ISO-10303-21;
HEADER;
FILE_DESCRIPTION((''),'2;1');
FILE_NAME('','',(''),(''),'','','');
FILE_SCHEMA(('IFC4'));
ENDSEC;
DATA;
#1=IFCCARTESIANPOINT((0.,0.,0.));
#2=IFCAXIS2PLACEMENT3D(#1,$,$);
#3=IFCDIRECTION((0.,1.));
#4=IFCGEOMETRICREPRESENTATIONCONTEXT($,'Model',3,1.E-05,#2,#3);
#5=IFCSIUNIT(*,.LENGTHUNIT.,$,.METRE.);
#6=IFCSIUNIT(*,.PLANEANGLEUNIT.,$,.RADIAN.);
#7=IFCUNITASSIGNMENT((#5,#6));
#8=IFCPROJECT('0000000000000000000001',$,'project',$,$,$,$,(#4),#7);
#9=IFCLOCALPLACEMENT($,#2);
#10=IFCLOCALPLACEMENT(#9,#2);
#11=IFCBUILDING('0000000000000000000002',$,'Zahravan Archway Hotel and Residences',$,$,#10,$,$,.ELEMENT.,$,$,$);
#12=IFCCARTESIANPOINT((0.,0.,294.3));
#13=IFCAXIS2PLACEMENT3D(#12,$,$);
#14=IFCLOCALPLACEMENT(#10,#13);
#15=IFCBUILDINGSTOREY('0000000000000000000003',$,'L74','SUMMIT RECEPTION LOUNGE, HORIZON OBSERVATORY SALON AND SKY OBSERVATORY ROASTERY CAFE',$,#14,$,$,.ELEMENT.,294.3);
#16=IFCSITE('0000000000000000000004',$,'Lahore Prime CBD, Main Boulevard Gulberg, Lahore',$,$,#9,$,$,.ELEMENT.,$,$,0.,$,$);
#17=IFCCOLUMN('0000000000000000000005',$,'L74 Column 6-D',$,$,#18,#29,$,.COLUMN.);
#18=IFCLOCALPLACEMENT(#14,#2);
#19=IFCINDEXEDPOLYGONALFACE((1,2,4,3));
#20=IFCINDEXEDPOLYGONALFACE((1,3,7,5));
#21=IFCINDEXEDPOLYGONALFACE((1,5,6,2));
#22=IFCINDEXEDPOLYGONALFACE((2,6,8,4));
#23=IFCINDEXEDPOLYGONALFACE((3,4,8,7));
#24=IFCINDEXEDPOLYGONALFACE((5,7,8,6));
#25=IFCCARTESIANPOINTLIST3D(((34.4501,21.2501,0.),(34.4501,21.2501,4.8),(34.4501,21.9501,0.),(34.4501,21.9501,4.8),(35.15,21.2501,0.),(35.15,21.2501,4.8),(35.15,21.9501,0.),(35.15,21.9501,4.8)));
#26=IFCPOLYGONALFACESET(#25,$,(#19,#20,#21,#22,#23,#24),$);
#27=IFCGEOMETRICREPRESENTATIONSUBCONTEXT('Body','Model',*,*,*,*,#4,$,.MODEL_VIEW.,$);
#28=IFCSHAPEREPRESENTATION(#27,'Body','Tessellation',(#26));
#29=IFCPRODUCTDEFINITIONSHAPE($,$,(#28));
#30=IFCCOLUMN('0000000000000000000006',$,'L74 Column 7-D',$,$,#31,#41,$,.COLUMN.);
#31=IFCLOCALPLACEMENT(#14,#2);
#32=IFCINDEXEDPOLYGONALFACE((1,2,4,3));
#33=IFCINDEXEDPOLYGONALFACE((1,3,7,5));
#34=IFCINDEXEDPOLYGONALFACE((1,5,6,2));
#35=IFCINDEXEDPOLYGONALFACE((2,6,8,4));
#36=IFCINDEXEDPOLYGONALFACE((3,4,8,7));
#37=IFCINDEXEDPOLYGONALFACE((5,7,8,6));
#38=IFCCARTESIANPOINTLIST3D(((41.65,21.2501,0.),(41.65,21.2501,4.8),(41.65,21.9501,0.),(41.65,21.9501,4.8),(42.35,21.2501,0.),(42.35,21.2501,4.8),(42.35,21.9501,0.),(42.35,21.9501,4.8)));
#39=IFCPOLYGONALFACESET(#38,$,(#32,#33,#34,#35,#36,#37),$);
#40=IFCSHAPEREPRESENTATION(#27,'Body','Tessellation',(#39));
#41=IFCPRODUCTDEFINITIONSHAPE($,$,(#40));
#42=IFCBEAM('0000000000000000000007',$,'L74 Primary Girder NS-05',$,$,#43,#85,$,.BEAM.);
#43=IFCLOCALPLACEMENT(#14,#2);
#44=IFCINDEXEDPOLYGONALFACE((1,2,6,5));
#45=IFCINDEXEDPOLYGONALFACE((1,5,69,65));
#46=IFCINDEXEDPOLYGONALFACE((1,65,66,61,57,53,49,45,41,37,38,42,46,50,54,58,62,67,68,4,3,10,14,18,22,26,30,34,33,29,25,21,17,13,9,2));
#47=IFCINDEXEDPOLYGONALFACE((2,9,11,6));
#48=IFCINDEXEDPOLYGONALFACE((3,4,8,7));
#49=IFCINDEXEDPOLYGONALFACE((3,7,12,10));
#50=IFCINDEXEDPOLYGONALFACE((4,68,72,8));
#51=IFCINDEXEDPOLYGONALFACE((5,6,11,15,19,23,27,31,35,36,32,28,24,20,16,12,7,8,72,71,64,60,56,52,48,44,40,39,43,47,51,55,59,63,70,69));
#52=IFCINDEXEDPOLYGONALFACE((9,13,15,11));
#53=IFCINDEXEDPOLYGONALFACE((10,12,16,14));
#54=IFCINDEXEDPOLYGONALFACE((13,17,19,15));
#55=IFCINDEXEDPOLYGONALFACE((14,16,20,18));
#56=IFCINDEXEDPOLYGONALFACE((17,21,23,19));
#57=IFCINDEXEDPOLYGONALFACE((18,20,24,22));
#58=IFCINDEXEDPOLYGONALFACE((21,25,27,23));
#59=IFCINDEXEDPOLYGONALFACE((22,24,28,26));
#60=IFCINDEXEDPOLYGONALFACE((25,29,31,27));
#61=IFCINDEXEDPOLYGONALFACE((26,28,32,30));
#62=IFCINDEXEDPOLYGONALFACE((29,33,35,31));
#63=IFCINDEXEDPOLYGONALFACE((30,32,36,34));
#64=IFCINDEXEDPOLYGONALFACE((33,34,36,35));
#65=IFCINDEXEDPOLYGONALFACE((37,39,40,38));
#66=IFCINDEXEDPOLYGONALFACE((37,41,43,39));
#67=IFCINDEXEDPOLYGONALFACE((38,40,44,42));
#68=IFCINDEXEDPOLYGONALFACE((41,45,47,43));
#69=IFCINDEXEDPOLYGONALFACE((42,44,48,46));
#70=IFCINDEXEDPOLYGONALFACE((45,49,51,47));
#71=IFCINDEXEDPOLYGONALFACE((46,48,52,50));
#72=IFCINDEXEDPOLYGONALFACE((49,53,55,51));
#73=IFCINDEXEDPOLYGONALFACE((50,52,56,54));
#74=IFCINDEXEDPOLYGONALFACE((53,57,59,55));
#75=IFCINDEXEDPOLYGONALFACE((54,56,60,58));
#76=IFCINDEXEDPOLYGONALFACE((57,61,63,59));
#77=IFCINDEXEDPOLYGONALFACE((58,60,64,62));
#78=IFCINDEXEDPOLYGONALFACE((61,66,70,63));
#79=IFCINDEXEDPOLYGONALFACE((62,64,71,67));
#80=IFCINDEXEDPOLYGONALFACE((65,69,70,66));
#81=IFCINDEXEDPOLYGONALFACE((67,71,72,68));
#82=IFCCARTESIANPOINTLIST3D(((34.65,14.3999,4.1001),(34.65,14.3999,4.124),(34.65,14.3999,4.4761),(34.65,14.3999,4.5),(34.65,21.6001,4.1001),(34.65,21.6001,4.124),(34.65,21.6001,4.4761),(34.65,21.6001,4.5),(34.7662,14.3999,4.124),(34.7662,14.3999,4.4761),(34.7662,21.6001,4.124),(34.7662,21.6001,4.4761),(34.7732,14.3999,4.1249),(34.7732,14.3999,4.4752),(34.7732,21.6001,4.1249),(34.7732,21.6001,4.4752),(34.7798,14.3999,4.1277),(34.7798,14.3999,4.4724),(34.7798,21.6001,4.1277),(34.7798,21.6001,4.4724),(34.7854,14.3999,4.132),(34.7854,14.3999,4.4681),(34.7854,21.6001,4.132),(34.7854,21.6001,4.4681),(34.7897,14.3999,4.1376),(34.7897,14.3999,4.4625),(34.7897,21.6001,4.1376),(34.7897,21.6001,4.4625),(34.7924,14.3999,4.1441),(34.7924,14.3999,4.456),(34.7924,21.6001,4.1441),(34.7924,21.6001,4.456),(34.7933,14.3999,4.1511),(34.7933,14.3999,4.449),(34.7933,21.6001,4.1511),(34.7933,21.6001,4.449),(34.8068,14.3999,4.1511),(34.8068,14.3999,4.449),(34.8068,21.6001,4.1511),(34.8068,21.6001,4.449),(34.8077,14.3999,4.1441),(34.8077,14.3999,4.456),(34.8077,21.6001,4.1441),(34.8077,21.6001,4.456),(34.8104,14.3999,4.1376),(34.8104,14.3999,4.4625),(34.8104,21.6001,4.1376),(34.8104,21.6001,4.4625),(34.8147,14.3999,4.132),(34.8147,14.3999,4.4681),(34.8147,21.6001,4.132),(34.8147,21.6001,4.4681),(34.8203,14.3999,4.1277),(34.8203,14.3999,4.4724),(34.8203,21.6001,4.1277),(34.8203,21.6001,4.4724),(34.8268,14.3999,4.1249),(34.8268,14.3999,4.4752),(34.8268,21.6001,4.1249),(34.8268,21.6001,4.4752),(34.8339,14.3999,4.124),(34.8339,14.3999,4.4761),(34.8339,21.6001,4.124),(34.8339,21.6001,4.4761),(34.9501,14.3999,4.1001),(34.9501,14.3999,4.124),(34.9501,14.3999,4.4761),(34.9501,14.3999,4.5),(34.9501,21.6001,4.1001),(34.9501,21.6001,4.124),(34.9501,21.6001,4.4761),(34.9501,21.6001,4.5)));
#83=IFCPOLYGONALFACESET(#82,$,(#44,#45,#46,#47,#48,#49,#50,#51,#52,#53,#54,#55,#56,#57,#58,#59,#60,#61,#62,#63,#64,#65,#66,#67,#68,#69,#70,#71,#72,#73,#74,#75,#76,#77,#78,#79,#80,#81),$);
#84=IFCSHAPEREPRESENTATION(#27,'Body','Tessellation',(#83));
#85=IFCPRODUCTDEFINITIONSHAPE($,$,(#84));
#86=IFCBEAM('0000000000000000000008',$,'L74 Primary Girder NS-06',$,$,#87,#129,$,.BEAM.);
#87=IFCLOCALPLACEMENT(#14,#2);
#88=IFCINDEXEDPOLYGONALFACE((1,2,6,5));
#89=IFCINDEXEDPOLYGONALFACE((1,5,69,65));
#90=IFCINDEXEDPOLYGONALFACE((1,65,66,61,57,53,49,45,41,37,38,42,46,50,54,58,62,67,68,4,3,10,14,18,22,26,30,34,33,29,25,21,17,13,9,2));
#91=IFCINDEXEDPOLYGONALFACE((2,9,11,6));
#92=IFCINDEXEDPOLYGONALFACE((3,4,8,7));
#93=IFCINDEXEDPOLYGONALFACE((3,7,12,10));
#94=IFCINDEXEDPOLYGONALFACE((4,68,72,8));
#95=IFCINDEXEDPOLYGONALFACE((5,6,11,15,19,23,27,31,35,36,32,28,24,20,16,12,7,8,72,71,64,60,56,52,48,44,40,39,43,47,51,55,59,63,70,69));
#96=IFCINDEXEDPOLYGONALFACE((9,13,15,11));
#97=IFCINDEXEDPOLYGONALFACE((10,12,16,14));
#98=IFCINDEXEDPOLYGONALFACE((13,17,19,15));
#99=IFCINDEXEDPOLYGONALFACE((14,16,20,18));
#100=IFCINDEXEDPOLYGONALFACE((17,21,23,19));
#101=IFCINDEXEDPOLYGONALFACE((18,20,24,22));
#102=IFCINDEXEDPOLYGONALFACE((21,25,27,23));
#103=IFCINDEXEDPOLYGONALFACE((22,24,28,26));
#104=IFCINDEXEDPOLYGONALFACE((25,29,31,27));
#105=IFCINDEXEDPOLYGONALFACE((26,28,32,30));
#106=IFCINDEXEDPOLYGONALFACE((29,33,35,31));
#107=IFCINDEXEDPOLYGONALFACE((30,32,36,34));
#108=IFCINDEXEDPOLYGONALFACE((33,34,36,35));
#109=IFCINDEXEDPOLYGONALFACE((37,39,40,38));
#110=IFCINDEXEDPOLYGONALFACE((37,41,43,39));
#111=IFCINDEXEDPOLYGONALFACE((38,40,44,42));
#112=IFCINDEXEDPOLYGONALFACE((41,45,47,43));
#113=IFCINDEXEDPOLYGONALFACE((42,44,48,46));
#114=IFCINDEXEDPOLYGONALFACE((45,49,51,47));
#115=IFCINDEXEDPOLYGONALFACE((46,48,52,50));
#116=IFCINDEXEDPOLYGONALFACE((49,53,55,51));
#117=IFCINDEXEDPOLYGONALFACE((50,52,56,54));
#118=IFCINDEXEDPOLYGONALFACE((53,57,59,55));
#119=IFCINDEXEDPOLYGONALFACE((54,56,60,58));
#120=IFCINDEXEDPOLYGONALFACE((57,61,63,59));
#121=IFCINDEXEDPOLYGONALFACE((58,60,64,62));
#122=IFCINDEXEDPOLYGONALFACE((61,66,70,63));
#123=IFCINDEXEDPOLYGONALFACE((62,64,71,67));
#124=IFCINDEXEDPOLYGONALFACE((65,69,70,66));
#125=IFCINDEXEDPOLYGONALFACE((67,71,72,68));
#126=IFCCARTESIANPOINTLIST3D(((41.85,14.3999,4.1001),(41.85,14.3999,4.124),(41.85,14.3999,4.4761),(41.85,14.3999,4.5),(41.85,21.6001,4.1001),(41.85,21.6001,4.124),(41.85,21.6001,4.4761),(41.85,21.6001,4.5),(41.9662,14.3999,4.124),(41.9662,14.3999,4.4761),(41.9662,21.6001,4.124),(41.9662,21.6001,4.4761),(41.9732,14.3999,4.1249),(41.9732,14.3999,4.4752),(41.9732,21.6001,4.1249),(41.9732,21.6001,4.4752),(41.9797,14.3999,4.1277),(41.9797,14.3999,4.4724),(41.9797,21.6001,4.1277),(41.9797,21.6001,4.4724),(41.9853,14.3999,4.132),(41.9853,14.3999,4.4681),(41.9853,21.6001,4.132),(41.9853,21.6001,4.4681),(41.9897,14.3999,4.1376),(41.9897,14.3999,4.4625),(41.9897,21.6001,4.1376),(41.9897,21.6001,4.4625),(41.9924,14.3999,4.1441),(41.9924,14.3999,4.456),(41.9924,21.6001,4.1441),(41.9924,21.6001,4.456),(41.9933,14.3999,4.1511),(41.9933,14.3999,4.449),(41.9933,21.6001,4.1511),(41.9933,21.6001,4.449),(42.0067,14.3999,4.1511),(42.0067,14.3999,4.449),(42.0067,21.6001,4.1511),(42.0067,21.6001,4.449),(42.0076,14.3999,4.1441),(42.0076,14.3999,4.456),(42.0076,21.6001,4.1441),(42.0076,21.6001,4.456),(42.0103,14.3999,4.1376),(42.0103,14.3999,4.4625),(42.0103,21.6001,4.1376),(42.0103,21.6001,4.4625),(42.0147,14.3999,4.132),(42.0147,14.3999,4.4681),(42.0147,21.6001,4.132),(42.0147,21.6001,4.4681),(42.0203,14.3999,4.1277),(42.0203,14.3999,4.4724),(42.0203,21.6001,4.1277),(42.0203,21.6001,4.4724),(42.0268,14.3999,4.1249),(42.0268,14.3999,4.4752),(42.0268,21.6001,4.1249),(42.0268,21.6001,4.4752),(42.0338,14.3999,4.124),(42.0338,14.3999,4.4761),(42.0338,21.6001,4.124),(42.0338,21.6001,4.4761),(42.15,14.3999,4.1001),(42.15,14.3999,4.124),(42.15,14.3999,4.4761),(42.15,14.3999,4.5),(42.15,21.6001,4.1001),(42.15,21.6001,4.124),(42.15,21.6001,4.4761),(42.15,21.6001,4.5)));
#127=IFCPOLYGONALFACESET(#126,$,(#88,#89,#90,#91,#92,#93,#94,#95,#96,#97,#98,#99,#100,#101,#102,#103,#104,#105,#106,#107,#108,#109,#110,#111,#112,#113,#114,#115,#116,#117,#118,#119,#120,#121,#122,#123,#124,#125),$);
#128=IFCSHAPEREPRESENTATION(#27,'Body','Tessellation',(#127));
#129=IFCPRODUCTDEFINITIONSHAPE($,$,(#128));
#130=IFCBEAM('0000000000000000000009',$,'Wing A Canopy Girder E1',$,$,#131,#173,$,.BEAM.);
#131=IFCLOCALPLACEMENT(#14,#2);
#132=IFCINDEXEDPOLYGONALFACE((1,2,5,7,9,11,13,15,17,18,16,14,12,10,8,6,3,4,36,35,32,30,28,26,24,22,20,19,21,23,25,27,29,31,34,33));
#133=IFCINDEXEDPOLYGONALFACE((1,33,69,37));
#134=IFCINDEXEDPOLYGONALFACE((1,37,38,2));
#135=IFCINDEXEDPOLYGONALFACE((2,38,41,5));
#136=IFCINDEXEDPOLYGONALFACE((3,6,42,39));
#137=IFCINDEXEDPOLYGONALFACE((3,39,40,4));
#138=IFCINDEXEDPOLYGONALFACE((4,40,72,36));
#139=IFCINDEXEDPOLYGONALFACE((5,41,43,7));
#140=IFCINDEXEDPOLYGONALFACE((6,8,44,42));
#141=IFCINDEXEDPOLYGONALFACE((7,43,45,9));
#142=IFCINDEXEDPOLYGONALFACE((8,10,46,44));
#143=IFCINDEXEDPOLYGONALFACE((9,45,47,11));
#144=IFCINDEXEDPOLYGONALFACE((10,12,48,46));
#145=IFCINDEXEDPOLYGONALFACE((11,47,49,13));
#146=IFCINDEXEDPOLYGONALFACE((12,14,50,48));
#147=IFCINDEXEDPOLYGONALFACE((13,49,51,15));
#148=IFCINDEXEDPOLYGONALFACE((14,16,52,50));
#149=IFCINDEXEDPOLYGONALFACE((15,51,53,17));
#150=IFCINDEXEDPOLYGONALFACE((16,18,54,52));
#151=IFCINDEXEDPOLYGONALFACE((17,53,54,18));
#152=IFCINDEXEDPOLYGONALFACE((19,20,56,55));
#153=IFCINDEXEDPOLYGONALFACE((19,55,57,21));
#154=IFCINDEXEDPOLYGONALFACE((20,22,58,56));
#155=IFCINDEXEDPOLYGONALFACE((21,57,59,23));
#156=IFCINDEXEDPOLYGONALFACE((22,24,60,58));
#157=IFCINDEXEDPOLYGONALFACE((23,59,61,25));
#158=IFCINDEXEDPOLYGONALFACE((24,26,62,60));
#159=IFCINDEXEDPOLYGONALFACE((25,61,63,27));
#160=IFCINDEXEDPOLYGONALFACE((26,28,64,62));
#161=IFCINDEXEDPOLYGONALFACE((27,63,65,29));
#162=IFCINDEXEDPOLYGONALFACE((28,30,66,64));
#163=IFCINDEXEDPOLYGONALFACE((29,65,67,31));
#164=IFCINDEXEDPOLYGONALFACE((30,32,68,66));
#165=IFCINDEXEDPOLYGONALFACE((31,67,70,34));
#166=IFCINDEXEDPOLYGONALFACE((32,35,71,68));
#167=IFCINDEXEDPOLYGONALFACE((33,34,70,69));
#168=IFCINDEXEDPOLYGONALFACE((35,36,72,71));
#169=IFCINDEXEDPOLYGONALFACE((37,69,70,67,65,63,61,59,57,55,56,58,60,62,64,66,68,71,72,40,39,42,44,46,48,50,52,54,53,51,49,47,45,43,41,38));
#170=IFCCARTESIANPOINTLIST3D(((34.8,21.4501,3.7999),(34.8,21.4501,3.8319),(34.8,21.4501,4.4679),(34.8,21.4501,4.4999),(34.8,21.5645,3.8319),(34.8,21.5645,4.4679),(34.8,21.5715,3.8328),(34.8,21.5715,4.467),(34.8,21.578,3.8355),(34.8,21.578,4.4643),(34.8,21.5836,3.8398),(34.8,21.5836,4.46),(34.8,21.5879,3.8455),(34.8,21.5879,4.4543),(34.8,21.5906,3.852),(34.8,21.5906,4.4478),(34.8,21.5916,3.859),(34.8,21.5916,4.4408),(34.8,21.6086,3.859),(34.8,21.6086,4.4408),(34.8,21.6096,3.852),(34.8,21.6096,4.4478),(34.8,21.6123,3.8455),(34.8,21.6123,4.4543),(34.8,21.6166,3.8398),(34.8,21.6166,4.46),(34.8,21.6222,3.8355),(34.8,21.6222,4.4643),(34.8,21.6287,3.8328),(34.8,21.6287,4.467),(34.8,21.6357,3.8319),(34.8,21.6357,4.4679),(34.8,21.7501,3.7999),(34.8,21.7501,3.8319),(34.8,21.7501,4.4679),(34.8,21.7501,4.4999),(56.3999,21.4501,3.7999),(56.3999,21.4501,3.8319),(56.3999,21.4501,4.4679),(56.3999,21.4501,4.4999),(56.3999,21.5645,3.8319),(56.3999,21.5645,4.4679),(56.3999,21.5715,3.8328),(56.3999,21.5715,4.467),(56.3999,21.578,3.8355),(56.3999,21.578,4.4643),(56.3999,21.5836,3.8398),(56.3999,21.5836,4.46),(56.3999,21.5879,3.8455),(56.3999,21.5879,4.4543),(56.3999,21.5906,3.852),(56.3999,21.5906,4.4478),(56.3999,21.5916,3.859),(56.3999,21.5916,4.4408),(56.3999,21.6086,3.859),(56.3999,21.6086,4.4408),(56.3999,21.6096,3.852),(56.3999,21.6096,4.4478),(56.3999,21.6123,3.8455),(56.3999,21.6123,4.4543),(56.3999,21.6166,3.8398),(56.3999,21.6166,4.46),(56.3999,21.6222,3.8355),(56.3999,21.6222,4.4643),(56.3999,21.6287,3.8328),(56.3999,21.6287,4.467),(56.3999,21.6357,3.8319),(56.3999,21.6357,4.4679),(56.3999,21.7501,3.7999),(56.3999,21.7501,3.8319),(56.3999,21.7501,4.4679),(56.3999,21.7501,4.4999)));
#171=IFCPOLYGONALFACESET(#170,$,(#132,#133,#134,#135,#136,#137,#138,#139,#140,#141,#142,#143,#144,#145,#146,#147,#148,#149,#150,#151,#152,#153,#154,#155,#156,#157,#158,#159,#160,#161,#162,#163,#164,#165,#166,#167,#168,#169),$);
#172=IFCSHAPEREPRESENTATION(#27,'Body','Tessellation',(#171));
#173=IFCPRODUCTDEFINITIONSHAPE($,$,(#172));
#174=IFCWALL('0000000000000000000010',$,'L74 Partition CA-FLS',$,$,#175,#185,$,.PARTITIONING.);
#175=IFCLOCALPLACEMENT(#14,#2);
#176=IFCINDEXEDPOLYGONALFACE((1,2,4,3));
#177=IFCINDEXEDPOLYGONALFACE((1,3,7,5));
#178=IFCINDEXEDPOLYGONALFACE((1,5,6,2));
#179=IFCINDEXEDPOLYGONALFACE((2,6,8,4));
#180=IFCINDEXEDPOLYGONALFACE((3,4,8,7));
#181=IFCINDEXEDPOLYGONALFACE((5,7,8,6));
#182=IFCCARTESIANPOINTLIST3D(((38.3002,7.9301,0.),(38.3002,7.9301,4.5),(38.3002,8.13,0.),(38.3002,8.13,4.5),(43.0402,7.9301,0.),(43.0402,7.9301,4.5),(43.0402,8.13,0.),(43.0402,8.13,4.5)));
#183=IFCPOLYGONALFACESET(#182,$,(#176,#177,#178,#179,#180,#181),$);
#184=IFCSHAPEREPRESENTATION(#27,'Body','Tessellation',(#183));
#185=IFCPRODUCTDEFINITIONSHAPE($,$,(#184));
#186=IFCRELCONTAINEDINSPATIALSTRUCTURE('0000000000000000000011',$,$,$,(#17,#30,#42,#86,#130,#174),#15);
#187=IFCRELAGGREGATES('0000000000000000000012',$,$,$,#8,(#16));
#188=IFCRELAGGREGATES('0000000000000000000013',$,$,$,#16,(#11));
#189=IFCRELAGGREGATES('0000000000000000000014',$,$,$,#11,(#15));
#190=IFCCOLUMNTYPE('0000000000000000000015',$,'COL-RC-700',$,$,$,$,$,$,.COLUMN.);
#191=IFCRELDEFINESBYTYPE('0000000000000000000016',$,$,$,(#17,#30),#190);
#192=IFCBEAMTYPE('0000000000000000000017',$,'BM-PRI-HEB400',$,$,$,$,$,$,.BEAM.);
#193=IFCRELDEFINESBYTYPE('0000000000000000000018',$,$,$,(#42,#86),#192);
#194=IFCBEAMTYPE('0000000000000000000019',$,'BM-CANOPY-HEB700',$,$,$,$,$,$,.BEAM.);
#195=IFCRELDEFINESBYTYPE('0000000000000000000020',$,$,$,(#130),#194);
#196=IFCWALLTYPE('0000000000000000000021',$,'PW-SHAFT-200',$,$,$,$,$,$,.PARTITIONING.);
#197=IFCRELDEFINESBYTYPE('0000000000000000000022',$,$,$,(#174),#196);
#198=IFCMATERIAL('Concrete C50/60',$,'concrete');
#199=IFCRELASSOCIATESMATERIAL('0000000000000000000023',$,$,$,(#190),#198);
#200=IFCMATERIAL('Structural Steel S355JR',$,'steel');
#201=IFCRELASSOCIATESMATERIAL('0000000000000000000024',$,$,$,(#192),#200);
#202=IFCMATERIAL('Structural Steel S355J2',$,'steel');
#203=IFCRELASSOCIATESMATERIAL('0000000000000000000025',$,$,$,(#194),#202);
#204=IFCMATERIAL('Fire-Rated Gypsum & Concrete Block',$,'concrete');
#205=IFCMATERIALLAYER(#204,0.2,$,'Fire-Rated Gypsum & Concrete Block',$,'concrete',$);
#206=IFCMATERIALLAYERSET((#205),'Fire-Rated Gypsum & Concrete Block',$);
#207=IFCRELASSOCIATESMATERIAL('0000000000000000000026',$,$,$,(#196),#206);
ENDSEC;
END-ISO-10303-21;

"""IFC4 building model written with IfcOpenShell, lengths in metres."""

from ifc_helpers import new_model, si_unit, direction, frame, frame_2d, origin, origin_2d, place, context, subcontext, project, spatial, rectangle, i_section, extrude, source, transform, mapped, material, layer, layer_set, material_profile, profile_set, type_object, element, save


model = new_model("IFC4")

# Units and contexts
model_context = context("Model", 3, precision=1e-05, world=origin(), true_north=direction((0.0, 1.0)))
body_context = subcontext(model_context, "Body", "Model", "MODEL_VIEW")
ifc_project = project(units=[si_unit("LENGTHUNIT", "METRE"), si_unit("PLANEANGLEUNIT", "RADIAN")], contexts=[model_context])

# Site, building, storey
site_placement = place(None, origin())
site = spatial("IfcSite", under=ifc_project, at=site_placement, Name="Lahore Prime CBD, Main Boulevard Gulberg, Lahore", CompositionType="ELEMENT", RefElevation=0.0)
building_placement = place(site_placement, origin())
building = spatial("IfcBuilding", under=site, at=building_placement, Name="Zahravan Archway Hotel and Residences", CompositionType="ELEMENT")
storey_placement = place(building_placement, frame((0.0, 0.0, 294.3)))
storey = spatial("IfcBuildingStorey", under=building, at=storey_placement, Name="L74", Description="SUMMIT RECEPTION LOUNGE, HORIZON OBSERVATORY SALON AND SKY OBSERVATORY ROASTERY CAFE", CompositionType="ELEMENT", Elevation=294.3)

# Columns
ifc_material_1 = material(Name="Concrete C50/60", Category="concrete")
ifc_material_profile_1 = material_profile(ifc_material_1, rectangle(XDim=0.7, YDim=0.7, at=origin_2d()), Name="RC-COL-700x700", Category="concrete")
ifc_profile_set_1 = profile_set([ifc_material_profile_1], Name="Concrete C50/60")
column_type = type_object("IfcColumnType", Name="COL-RC-700", PredefinedType="COLUMN", material=ifc_profile_set_1)
shared_shape_1 = source(origin(), body_context, "Body", "SweptSolid", [
    extrude(rectangle(XDim=0.7, YDim=0.7, at=origin_2d()), origin(), (0.0, 0.0, 1.0), 4.8),
])
for number, where, z_axis, x_axis, name in (
    (1, (34.8, 21.6001, 0.0), (0.0, 0.0, 1.0), (1.0, 0.0, 0.0), "L74 Column 6-D"),
    (2, (42.0, 21.6001, 0.0), (0.0, 0.0, 1.0), (1.0, 0.0, 0.0), "L74 Column 7-D"),
):
    element("IfcColumn", number, at=place(storey_placement, frame(where, z_axis=z_axis, x_axis=x_axis)), inside=storey, type_object=column_type, Name=name, PredefinedType="COLUMN", context=body_context, shape_type="MappedRepresentation", body=[
        mapped(shared_shape_1, transform((0.0, 0.0, 0.0), scale=1.0)),
    ])

# Beams
ifc_material_2 = material(Name="Structural Steel S355JR", Category="steel")
ifc_material_profile_2 = material_profile(ifc_material_2, i_section(OverallWidth=0.3, OverallDepth=0.3999, WebThickness=0.0134, FlangeThickness=0.0239, FilletRadius=0.0271, at=origin_2d()), Name="HEB 400", Category="steel")
ifc_profile_set_2 = profile_set([ifc_material_profile_2], Name="Structural Steel S355JR")
beam_type_1 = type_object("IfcBeamType", Name="BM-PRI-HEB400", PredefinedType="BEAM", material=ifc_profile_set_2)
shared_shape_2 = source(origin(), body_context, "Body", "SweptSolid", [
    extrude(i_section(OverallWidth=0.3, OverallDepth=0.3999, WebThickness=0.0134, FlangeThickness=0.0239, FilletRadius=0.0271, at=origin_2d()), origin(), (0.0, 0.0, 1.0), 7.2002),
])
for number, where, z_axis, x_axis, name in (
    (3, (34.8, 14.3999, 4.3), (0.0, 1.0, 0.0), (-1.0, 0.0, 0.0), "L74 Primary Girder NS-05"),
    (4, (42.0, 14.3999, 4.3), (0.0, 1.0, 0.0), (-1.0, 0.0, 0.0), "L74 Primary Girder NS-06"),
):
    element("IfcBeam", number, at=place(storey_placement, frame(where, z_axis=z_axis, x_axis=x_axis)), inside=storey, type_object=beam_type_1, Name=name, PredefinedType="BEAM", context=body_context, shape_type="MappedRepresentation", body=[
        mapped(shared_shape_2, transform((0.0, 0.0, 0.0), scale=1.0)),
    ])
ifc_material_3 = material(Name="Structural Steel S355J2", Category="steel")
ifc_material_profile_3 = material_profile(ifc_material_3, i_section(OverallWidth=0.3, OverallDepth=0.7, WebThickness=0.0171, FlangeThickness=0.032, FilletRadius=0.0271, at=origin_2d()), Name="HEB 700", Category="steel")
ifc_profile_set_3 = profile_set([ifc_material_profile_3], Name="Structural Steel S355J2")
beam_type_2 = type_object("IfcBeamType", Name="BM-CANOPY-HEB700", PredefinedType="BEAM", material=ifc_profile_set_3)
shared_shape_3 = source(origin(), body_context, "Body", "SweptSolid", [
    extrude(i_section(OverallWidth=0.3, OverallDepth=0.7, WebThickness=0.0171, FlangeThickness=0.032, FilletRadius=0.0271, at=origin_2d()), origin(), (0.0, 0.0, 1.0), 21.5999),
])
beam_placement = place(storey_placement, frame((34.8, 21.6001, 4.1499), z_axis=(1.0, 0.0, 0.0), x_axis=(0.0, 1.0, 0.0)))
element("IfcBeam", 5, at=beam_placement, inside=storey, type_object=beam_type_2, Name="Wing A Canopy Girder E1", PredefinedType="BEAM", context=body_context, shape_type="MappedRepresentation", body=[
    mapped(shared_shape_3, transform((0.0, 0.0, 0.0), scale=1.0)),
])

# Shared definitions
ifc_material_4 = material(Name="Fire-Rated Gypsum & Concrete Block", Category="concrete")

# Wall
ifc_layer_1 = layer(ifc_material_4, 0.2, Name="Fire-Rated Gypsum & Concrete Block", Category="concrete")
ifc_layer_set_1 = layer_set([ifc_layer_1], Name="Fire-Rated Gypsum & Concrete Block")
wall_type_1 = type_object("IfcWallType", Name="PW-SHAFT-200", PredefinedType="PARTITIONING", material=ifc_layer_set_1)
wall_1_placement = place(storey_placement, frame((38.3, 8.03, 0.0), z_axis=(0.0, 0.0, 1.0), x_axis=(1.0, 0.0, 0.0)))
element("IfcWall", 6, at=wall_1_placement, inside=storey, type_object=wall_type_1, Name="L74 Partition CA-FLS", PredefinedType="PARTITIONING", context=body_context, shape_type="SweptSolid", body=[
    extrude(rectangle(XDim=4.74, YDim=0.2, at=frame_2d((2.3701, 0.0))), origin(), (0.0, 0.0, 1.0), 4.5),
])

save(model, "model.ifc")
